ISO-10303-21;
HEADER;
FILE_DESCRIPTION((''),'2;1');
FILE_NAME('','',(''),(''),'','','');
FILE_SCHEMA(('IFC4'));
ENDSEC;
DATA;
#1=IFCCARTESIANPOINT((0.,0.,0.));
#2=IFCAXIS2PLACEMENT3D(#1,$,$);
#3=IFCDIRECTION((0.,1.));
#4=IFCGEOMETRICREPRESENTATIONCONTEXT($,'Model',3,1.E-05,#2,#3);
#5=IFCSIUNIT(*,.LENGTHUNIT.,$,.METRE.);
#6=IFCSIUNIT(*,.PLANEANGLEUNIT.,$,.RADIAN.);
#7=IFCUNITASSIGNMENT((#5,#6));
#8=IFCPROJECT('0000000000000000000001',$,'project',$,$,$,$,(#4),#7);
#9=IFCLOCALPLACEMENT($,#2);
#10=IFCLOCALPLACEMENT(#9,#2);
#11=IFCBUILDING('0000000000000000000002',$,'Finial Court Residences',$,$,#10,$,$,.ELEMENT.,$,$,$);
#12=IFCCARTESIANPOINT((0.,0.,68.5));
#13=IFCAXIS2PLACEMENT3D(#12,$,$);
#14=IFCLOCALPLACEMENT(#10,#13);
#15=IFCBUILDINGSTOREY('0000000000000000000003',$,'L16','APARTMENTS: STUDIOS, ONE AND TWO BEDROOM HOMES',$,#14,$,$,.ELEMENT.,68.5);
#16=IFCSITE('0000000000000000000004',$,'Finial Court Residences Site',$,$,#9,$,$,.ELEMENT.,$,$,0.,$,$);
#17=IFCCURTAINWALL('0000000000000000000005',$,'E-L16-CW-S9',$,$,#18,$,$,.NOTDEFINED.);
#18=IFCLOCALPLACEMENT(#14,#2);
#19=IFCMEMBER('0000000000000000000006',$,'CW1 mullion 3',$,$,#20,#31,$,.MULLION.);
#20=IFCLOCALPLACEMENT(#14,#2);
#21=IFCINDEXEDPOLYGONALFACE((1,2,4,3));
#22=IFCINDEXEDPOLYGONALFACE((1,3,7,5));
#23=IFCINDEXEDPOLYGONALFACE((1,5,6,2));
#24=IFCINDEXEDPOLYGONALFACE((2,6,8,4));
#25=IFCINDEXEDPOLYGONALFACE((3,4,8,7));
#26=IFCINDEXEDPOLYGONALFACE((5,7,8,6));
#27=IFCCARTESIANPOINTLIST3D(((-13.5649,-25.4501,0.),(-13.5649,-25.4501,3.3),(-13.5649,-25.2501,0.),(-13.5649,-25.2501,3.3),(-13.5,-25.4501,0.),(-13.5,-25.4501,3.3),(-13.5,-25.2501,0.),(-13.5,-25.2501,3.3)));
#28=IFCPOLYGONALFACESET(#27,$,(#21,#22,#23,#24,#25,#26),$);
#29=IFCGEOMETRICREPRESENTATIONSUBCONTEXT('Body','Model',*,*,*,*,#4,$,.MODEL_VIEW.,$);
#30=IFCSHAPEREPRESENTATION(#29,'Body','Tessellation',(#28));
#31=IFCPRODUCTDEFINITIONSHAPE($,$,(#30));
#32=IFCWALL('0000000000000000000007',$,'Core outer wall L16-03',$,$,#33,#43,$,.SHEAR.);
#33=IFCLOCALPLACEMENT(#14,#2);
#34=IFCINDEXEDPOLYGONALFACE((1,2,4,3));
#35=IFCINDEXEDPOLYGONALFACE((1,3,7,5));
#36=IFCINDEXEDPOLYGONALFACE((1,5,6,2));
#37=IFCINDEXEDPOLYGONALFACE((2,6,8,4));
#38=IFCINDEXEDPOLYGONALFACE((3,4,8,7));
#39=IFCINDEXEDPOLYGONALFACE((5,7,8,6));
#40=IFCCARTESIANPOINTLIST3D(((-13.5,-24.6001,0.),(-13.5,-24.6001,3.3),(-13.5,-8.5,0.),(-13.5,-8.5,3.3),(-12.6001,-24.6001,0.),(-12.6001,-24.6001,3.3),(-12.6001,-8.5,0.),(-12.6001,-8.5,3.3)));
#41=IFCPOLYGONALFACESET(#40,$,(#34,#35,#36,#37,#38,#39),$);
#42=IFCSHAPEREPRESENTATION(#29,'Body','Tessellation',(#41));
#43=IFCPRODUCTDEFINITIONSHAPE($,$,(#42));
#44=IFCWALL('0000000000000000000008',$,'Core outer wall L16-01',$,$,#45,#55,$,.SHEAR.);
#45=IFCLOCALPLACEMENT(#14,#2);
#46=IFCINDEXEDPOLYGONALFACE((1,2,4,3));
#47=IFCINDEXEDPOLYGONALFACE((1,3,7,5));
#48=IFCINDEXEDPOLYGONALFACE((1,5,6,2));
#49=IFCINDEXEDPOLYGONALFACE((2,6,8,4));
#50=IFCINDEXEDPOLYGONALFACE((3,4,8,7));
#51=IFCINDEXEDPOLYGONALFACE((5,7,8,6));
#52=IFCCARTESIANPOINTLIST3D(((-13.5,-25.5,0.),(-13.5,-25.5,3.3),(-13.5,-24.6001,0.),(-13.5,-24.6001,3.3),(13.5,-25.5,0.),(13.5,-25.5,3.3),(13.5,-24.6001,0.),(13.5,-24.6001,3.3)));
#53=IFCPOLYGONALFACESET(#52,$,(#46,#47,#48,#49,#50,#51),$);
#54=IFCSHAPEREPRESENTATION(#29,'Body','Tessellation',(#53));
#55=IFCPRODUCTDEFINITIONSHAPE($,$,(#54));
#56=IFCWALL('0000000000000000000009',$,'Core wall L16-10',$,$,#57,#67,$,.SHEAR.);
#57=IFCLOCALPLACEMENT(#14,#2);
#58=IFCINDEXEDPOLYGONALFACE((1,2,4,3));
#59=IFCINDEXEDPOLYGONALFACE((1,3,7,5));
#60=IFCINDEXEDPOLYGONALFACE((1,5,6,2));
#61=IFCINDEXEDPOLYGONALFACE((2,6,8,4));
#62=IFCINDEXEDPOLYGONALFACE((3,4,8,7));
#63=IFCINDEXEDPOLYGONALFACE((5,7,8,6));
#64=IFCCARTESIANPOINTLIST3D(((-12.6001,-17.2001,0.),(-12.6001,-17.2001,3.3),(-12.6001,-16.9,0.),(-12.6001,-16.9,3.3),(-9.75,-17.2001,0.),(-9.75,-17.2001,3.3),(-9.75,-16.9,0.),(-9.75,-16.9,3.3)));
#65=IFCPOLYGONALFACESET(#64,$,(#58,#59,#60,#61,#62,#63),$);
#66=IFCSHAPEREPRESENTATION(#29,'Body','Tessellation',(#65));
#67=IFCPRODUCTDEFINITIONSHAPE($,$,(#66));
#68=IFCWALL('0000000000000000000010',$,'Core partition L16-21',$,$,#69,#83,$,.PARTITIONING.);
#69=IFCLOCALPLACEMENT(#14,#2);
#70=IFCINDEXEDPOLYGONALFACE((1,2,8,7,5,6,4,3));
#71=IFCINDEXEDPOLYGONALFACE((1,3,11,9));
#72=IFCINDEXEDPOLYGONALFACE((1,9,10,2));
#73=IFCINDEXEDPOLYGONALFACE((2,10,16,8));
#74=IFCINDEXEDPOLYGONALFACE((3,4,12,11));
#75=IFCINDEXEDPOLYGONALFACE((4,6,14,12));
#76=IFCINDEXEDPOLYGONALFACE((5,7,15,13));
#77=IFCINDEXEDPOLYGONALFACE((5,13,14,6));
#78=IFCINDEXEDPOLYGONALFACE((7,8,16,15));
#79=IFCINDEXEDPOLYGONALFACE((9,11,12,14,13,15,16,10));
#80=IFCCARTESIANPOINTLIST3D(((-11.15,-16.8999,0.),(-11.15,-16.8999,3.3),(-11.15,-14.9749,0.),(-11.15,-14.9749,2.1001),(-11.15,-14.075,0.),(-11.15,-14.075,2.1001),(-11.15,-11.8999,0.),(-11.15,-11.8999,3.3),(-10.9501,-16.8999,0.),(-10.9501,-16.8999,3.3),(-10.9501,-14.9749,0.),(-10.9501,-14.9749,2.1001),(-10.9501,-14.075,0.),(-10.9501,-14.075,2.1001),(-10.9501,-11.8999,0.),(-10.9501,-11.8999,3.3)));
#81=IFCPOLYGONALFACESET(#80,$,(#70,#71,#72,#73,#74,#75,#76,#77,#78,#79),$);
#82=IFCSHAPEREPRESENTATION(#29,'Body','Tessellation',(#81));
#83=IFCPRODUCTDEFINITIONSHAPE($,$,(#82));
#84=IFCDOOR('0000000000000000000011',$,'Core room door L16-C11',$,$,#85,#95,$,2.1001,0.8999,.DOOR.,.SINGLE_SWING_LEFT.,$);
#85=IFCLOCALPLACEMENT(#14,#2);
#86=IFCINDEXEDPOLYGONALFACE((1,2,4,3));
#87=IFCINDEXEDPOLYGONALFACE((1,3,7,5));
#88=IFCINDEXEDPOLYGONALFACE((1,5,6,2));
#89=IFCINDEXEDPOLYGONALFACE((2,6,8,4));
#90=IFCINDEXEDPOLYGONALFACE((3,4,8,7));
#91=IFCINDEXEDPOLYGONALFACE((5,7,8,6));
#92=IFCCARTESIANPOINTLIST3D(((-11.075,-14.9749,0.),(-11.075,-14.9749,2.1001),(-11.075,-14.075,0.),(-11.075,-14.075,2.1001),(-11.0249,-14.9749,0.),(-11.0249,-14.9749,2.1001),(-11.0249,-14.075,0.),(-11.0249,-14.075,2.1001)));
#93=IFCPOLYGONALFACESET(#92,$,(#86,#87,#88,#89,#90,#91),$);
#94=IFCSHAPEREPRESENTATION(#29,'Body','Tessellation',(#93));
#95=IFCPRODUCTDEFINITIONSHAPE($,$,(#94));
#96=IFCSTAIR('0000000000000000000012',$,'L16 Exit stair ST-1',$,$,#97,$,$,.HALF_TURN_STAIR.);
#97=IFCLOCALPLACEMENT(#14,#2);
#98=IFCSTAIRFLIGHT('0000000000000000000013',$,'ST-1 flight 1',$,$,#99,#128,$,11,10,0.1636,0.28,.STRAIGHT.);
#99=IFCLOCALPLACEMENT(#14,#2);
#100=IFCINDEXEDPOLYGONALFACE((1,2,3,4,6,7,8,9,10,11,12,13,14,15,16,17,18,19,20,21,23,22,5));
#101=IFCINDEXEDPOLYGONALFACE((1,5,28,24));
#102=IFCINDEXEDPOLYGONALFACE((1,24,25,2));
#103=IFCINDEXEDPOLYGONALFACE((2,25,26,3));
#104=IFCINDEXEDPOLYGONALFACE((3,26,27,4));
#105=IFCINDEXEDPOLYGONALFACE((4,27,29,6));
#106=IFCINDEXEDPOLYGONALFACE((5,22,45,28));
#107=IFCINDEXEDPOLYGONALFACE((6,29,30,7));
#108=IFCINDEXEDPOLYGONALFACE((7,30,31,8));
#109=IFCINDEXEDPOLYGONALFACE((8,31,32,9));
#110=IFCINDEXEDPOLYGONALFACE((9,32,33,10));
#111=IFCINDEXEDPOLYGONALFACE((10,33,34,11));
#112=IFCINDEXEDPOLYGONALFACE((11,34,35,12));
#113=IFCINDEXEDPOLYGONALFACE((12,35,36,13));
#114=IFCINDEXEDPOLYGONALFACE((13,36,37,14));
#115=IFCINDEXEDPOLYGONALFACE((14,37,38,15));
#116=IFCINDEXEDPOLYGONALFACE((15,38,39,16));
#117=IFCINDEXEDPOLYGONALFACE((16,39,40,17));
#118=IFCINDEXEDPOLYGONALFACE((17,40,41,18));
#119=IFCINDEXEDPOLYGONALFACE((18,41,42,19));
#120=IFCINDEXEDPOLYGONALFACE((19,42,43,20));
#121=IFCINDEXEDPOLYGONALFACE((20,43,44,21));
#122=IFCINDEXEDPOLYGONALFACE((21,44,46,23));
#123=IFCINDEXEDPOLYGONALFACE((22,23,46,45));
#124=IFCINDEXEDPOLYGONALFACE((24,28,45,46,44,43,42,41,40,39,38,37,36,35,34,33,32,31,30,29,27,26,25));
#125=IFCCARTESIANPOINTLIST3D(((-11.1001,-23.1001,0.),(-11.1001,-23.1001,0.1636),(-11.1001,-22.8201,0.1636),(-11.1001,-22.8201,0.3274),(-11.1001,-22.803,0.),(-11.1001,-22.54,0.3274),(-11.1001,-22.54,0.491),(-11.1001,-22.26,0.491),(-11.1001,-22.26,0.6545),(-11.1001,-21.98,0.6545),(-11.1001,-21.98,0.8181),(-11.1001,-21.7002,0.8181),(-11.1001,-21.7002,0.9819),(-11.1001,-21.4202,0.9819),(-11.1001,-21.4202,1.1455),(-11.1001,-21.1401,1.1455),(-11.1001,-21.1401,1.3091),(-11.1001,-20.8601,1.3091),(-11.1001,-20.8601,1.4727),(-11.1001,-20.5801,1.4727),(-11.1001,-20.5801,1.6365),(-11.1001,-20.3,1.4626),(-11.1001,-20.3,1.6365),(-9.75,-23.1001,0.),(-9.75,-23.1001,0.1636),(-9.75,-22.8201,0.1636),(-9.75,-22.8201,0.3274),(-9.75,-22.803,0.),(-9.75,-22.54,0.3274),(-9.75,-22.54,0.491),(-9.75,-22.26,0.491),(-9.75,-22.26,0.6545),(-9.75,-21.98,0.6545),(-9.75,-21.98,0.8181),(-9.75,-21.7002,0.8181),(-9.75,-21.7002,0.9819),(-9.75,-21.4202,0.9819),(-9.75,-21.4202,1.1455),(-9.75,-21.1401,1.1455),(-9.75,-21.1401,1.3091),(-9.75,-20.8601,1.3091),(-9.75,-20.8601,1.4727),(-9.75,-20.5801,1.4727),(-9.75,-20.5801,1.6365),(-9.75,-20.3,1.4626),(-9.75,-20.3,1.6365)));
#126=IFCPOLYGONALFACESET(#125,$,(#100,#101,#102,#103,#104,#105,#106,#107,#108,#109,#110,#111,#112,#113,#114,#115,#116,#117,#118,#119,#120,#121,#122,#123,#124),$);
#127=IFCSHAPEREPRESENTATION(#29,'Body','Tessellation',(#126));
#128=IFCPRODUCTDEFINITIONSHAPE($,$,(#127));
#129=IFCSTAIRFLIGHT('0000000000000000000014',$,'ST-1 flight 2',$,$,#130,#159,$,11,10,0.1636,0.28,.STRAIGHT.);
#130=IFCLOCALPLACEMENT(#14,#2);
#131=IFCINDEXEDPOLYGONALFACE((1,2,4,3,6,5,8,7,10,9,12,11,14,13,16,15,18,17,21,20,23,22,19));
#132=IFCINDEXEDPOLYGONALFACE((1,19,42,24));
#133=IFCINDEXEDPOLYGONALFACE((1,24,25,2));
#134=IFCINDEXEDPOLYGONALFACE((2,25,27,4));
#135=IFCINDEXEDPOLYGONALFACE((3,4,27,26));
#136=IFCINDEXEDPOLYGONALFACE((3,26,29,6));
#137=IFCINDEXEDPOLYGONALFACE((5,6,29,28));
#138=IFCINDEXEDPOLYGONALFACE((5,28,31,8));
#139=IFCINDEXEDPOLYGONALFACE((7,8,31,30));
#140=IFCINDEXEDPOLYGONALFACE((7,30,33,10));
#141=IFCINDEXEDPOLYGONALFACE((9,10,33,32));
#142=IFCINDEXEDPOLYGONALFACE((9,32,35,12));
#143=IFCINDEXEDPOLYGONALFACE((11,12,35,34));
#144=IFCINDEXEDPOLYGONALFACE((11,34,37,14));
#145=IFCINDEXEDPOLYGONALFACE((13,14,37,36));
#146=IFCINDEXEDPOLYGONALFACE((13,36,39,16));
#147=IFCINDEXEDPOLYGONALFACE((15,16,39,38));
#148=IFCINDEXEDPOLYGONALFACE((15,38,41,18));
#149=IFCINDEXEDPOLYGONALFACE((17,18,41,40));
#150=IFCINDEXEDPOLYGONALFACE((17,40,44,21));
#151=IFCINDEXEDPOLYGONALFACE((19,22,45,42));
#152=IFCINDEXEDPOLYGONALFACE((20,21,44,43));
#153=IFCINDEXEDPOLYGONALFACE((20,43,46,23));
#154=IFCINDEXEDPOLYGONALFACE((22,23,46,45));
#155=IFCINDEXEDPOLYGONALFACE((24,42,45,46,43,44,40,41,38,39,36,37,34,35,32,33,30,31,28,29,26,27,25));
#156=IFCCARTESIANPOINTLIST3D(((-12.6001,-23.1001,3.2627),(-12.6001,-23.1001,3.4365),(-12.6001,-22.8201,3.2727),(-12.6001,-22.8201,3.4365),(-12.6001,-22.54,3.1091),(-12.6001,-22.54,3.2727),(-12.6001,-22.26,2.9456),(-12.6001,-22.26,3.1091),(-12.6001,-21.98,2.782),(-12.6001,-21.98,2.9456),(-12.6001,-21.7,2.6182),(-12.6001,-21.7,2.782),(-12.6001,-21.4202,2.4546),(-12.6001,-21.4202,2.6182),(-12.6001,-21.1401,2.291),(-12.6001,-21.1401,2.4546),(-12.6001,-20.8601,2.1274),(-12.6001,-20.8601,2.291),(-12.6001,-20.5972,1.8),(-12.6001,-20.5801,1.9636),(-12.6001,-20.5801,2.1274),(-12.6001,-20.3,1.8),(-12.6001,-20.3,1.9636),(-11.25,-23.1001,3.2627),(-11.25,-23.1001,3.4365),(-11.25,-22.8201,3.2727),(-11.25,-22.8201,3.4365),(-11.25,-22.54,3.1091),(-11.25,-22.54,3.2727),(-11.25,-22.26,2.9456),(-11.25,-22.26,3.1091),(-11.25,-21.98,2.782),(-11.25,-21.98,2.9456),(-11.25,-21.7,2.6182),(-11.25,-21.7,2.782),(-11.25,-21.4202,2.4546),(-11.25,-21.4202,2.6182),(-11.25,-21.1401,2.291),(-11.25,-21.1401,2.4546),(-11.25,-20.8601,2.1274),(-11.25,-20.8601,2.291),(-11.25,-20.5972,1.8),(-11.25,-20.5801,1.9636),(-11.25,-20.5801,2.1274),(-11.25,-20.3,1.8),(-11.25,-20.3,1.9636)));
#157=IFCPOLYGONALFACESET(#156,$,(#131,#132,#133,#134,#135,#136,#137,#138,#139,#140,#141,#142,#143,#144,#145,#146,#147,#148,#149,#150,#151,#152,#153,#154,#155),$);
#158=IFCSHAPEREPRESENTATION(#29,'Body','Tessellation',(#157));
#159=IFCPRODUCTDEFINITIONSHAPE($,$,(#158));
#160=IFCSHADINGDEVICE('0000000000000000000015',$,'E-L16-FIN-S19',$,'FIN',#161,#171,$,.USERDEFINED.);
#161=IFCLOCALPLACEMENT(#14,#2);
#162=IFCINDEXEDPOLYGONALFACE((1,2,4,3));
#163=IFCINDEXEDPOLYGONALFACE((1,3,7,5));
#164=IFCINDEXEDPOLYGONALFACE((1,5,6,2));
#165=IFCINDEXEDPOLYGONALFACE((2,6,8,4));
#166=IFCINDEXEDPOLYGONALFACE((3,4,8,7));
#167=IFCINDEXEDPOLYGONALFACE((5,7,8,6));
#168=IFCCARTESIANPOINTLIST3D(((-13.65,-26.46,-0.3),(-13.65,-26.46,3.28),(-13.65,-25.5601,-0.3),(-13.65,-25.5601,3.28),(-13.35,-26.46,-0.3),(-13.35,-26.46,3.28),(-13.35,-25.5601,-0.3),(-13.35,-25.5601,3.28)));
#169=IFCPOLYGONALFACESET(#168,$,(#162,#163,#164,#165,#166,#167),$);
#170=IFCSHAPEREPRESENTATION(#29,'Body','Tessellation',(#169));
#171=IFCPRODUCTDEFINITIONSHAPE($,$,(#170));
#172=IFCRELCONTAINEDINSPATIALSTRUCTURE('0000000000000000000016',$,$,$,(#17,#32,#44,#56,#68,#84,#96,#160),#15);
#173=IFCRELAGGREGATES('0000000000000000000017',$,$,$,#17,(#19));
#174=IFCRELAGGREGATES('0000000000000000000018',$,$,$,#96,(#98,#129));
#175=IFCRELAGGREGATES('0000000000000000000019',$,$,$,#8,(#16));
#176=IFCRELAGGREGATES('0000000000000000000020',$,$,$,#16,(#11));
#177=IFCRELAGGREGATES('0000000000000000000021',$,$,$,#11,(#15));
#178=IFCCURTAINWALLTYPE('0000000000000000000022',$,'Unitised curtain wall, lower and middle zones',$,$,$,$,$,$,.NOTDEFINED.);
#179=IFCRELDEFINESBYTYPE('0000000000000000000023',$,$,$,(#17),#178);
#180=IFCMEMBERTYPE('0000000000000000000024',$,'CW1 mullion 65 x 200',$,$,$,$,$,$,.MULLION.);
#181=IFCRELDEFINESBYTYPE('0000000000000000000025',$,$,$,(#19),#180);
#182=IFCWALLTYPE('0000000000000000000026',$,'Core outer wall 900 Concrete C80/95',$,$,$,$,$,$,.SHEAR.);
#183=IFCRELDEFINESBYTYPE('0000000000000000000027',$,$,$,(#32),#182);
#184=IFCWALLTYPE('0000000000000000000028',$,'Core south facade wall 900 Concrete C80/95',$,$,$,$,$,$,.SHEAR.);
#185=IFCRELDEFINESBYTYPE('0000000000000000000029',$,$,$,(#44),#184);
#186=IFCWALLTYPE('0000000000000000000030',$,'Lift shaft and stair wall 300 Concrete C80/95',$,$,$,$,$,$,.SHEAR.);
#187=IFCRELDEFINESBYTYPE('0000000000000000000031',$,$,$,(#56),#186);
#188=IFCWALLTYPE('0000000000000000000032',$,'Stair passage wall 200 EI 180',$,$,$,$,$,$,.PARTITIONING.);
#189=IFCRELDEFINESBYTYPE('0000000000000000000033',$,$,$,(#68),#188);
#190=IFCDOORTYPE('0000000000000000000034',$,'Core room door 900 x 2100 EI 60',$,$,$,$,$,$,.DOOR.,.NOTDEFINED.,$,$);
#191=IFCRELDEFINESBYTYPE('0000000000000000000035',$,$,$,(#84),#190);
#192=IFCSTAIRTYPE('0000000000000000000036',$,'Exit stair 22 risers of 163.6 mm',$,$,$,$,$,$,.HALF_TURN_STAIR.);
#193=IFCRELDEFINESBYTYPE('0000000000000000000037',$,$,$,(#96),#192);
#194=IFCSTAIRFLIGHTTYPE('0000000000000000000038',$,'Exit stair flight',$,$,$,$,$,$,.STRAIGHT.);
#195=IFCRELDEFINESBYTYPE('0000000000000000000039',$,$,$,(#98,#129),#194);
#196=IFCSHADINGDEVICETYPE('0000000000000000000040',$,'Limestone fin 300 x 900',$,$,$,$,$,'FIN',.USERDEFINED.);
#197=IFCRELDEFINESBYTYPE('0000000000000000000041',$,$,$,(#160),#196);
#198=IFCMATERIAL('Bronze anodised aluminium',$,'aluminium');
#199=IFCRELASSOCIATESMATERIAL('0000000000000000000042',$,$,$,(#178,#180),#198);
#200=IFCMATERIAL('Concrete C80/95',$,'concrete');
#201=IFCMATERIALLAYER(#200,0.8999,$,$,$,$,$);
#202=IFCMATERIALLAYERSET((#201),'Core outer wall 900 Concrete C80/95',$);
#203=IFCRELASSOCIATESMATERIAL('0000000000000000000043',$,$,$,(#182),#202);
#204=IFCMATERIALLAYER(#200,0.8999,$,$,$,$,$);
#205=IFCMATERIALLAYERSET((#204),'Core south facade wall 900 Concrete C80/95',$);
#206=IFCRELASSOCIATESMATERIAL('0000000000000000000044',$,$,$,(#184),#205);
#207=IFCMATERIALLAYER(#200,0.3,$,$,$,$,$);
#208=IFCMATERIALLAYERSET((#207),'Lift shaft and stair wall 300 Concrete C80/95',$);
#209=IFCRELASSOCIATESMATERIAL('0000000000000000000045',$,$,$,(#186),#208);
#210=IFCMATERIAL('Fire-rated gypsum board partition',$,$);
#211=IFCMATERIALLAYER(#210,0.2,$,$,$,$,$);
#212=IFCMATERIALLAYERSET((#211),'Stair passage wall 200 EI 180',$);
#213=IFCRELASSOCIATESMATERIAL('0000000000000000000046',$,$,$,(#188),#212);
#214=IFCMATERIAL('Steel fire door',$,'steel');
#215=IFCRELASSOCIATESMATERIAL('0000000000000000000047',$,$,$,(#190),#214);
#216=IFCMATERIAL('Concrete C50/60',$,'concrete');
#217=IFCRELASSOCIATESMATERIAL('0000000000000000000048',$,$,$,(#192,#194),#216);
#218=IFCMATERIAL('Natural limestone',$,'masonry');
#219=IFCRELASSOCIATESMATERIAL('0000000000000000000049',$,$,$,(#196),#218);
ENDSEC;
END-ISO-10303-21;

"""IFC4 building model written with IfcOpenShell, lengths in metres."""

from ifc_helpers import new_model, si_unit, direction, frame, frame_2d, origin, origin_2d, place, context, subcontext, project, spatial, polyline, rectangle, outline, extrude, material, layer, layer_set, material_profile, profile_set, type_object, element, fill, aggregate, save


model = new_model("IFC4")

# Units and contexts
model_context = context("Model", 3, precision=1e-05, world=origin(), true_north=direction((0.0, 1.0)))
body_context = subcontext(model_context, "Body", "Model", "MODEL_VIEW")
ifc_project = project(units=[si_unit("LENGTHUNIT", "METRE"), si_unit("PLANEANGLEUNIT", "RADIAN")], contexts=[model_context])

# Site, building, storey
site_placement = place(None, origin())
site = spatial("IfcSite", under=ifc_project, at=site_placement, Name="Finial Court Residences Site", CompositionType="ELEMENT", RefElevation=0.0)
building_placement = place(site_placement, origin())
building = spatial("IfcBuilding", under=site, at=building_placement, Name="Finial Court Residences", CompositionType="ELEMENT")
storey_placement = place(building_placement, frame((0.0, 0.0, 68.5)))
storey = spatial("IfcBuildingStorey", under=building, at=storey_placement, Name="L16", Description="APARTMENTS: STUDIOS, ONE AND TWO BEDROOM HOMES", CompositionType="ELEMENT", Elevation=68.5)

# Curtain wall, member
ifc_material_1 = material(Name="Bronze anodised aluminium", Category="aluminium")
curtain_wall_type = type_object("IfcCurtainWallType", Name="Unitised curtain wall, lower and middle zones", PredefinedType="NOTDEFINED", material=ifc_material_1)
curtain_wall_placement = place(storey_placement, origin())
curtain_wall = element("IfcCurtainWall", 1, at=curtain_wall_placement, inside=storey, type_object=curtain_wall_type, Name="E-L16-CW-S9", PredefinedType="NOTDEFINED")
ifc_material_profile = material_profile(ifc_material_1, rectangle(XDim=0.2, YDim=0.0649, at=origin_2d()), Name="CW1 mullion 65 x 200")
ifc_profile_set = profile_set([ifc_material_profile], Name="Bronze anodised aluminium")
member_type = type_object("IfcMemberType", Name="CW1 mullion 65 x 200", PredefinedType="MULLION", material=ifc_profile_set)
member_placement = place(storey_placement, frame((-13.5325, -25.3501, 0.0), z_axis=(0.0, 0.0, 1.0), x_axis=(0.0, 1.0, 0.0)))
member = element("IfcMember", 2, at=member_placement, type_object=member_type, Name="CW1 mullion 3", PredefinedType="MULLION", context=body_context, shape_type="SweptSolid", body=[
    extrude(rectangle(XDim=0.2, YDim=0.0649, at=origin_2d()), origin(), (0.0, 0.0, 1.0), 3.3),
])
aggregate(curtain_wall, [member])

# Walls
ifc_material_2 = material(Name="Concrete C80/95", Category="concrete")
ifc_layer_1 = layer(ifc_material_2, 0.8999)
ifc_layer_set_1 = layer_set([ifc_layer_1], Name="Core outer wall 900 Concrete C80/95")
wall_type_1 = type_object("IfcWallType", Name="Core outer wall 900 Concrete C80/95", PredefinedType="SHEAR", material=ifc_layer_set_1)
wall_1_placement = place(storey_placement, frame((-13.05, -24.6001, 0.0), z_axis=(0.0, 0.0, 1.0), x_axis=(0.0, 1.0, 0.0)))
element("IfcWall", 3, at=wall_1_placement, inside=storey, type_object=wall_type_1, Name="Core outer wall L16-03", PredefinedType="SHEAR", context=body_context, shape_type="SweptSolid", body=[
    extrude(rectangle(XDim=16.1001, YDim=0.8999, at=frame_2d((8.05, 0.0))), origin(), (0.0, 0.0, 1.0), 3.3),
])
ifc_layer_2 = layer(ifc_material_2, 0.8999)
ifc_layer_set_2 = layer_set([ifc_layer_2], Name="Core south facade wall 900 Concrete C80/95")
wall_type_2 = type_object("IfcWallType", Name="Core south facade wall 900 Concrete C80/95", PredefinedType="SHEAR", material=ifc_layer_set_2)
wall_2_placement = place(storey_placement, frame((-13.5, -25.05, 0.0), z_axis=(0.0, 0.0, 1.0), x_axis=(1.0, 0.0, 0.0)))
element("IfcWall", 4, at=wall_2_placement, inside=storey, type_object=wall_type_2, Name="Core outer wall L16-01", PredefinedType="SHEAR", context=body_context, shape_type="SweptSolid", body=[
    extrude(rectangle(XDim=27.0, YDim=0.8999, at=frame_2d((13.5, 0.0))), origin(), (0.0, 0.0, 1.0), 3.3),
])
ifc_layer_3 = layer(ifc_material_2, 0.3)
ifc_layer_set_3 = layer_set([ifc_layer_3], Name="Lift shaft and stair wall 300 Concrete C80/95")
wall_type_3 = type_object("IfcWallType", Name="Lift shaft and stair wall 300 Concrete C80/95", PredefinedType="SHEAR", material=ifc_layer_set_3)
wall_3_placement = place(storey_placement, frame((-12.6001, -17.05, 0.0), z_axis=(0.0, 0.0, 1.0), x_axis=(1.0, 0.0, 0.0)))
element("IfcWall", 5, at=wall_3_placement, inside=storey, type_object=wall_type_3, Name="Core wall L16-10", PredefinedType="SHEAR", context=body_context, shape_type="SweptSolid", body=[
    extrude(rectangle(XDim=2.8501, YDim=0.3, at=frame_2d((1.425, 0.0))), origin(), (0.0, 0.0, 1.0), 3.3),
])

# Wall, opening, door
ifc_material_3 = material(Name="Fire-rated gypsum board partition")
ifc_layer_4 = layer(ifc_material_3, 0.2)
ifc_layer_set_4 = layer_set([ifc_layer_4], Name="Stair passage wall 200 EI 180")
wall_type_4 = type_object("IfcWallType", Name="Stair passage wall 200 EI 180", PredefinedType="PARTITIONING", material=ifc_layer_set_4)
wall_4_placement = place(storey_placement, frame((-11.05, -16.8999, 0.0), z_axis=(0.0, 0.0, 1.0), x_axis=(0.0, 1.0, 0.0)))
wall_4 = element("IfcWall", 6, at=wall_4_placement, inside=storey, type_object=wall_type_4, Name="Core partition L16-21", PredefinedType="PARTITIONING", context=body_context, shape_type="SweptSolid", body=[
    extrude(rectangle(XDim=5.0, YDim=0.2, at=frame_2d((2.5, 0.0))), origin(), (0.0, 0.0, 1.0), 3.3),
])
opening_placement = place(wall_4_placement, frame((1.925, 0.0, 0.0)))
opening = element("IfcOpeningElement", 7, at=opening_placement, cuts=wall_4, PredefinedType="OPENING", context=body_context, shape_type="SweptSolid", body=[
    extrude(rectangle(XDim=0.8999, YDim=2.1001, at=frame_2d((0.45, 1.05))), frame((0.0, 0.1099, 0.0), z_axis=(0.0, -1.0, 0.0), x_axis=(1.0, 0.0, 0.0)), (0.0, 0.0, 1.0), 0.22),
])
ifc_material_4 = material(Name="Steel fire door", Category="steel")
door_type = type_object("IfcDoorType", Name="Core room door 900 x 2100 EI 60", OperationType="NOTDEFINED", PredefinedType="DOOR", material=ifc_material_4)
door_placement = place(opening_placement, origin())
door = element("IfcDoor", 8, at=door_placement, inside=storey, type_object=door_type, Name="Core room door L16-C11", OperationType="SINGLE_SWING_LEFT", OverallHeight=2.1001, OverallWidth=0.8999, PredefinedType="DOOR", context=body_context, shape_type="SweptSolid", body=[
    extrude(rectangle(XDim=0.8999, YDim=2.1001, at=frame_2d((0.45, 1.05))), frame((0.0, 0.0249, 0.0), z_axis=(0.0, -1.0, 0.0), x_axis=(1.0, 0.0, 0.0)), (0.0, 0.0, 1.0), 0.05),
])
fill(opening, door)

# Stair, stair flights
ifc_material_5 = material(Name="Concrete C50/60", Category="concrete")
stair_type = type_object("IfcStairType", Name="Exit stair 22 risers of 163.6 mm", PredefinedType="HALF_TURN_STAIR", material=ifc_material_5)
stair_placement = place(storey_placement, origin())
stair = element("IfcStair", 9, at=stair_placement, inside=storey, type_object=stair_type, Name="L16 Exit stair ST-1", PredefinedType="HALF_TURN_STAIR")
stair_flight_type = type_object("IfcStairFlightType", Name="Exit stair flight", PredefinedType="STRAIGHT", material=ifc_material_5)
stair_flight_1_placement = place(storey_placement, frame((-10.425, -23.1001, 0.0), z_axis=(0.0, 0.0, 1.0), x_axis=(0.0, 1.0, 0.0)))
stair_flight_1 = element("IfcStairFlight", 10, at=stair_flight_1_placement, type_object=stair_flight_type, Name="ST-1 flight 1", NumberOfRisers=11, NumberOfTreads=10, PredefinedType="STRAIGHT", RiserHeight=0.1636, TreadLength=0.28, context=body_context, shape_type="SweptSolid", body=[
    extrude(outline(polyline([(0.0, 0.0), (0.0, 0.1636), (0.28, 0.1636), (0.28, 0.3274), (0.5601, 0.3274), (0.5601, 0.491), (0.8401, 0.491), (0.8401, 0.6545), (1.1201, 0.6545), (1.1201, 0.8181), (1.3999, 0.8181), (1.3999, 0.9819), (1.6799, 0.9819), (1.6799, 1.1455), (1.96, 1.1455), (1.96, 1.3091), (2.24, 1.3091), (2.24, 1.4727), (2.52, 1.4727), (2.52, 1.6365), (2.8, 1.6365), (2.8, 1.8), (2.8, 1.4626), (0.2971, 0.0), (0.0, 0.0)])), frame((0.0, 0.675, 0.0), z_axis=(0.0, -1.0, 0.0), x_axis=(1.0, 0.0, 0.0)), (0.0, 0.0, 1.0), 1.3501),
])
stair_flight_2_placement = place(storey_placement, frame((-11.925, -20.3, 1.8), z_axis=(0.0, 0.0, 1.0), x_axis=(0.0, -1.0, 0.0)))
stair_flight_2 = element("IfcStairFlight", 11, at=stair_flight_2_placement, type_object=stair_flight_type, Name="ST-1 flight 2", NumberOfRisers=11, NumberOfTreads=10, PredefinedType="STRAIGHT", RiserHeight=0.1636, TreadLength=0.28, context=body_context, shape_type="SweptSolid", body=[
    extrude(outline(polyline([(0.0, 0.0), (0.0, 0.1636), (0.28, 0.1636), (0.28, 0.3274), (0.5601, 0.3274), (0.5601, 0.491), (0.8401, 0.491), (0.8401, 0.6545), (1.1201, 0.6545), (1.1201, 0.8181), (1.3999, 0.8181), (1.3999, 0.9819), (1.6799, 0.9819), (1.6799, 1.1455), (1.96, 1.1455), (1.96, 1.3091), (2.24, 1.3091), (2.24, 1.4727), (2.52, 1.4727), (2.52, 1.6365), (2.8, 1.6365), (2.8, 1.8), (2.8, 1.4626), (0.2971, 0.0), (0.0, 0.0)])), frame((0.0, 0.675, 0.0), z_axis=(0.0, -1.0, 0.0), x_axis=(1.0, 0.0, 0.0)), (0.0, 0.0, 1.0), 1.3501),
])
aggregate(stair, [stair_flight_1, stair_flight_2])

# Shading device
ifc_material_6 = material(Name="Natural limestone", Category="masonry")
shading_device_type = type_object("IfcShadingDeviceType", Name="Limestone fin 300 x 900", ElementType="FIN", PredefinedType="USERDEFINED", material=ifc_material_6)
for number, where, z_axis, x_axis, name in (
    (12, (-13.5, -26.01, -0.3), (0.0, 0.0, 1.0), (1.0, 0.0, 0.0), "E-L16-FIN-S19"),
):
    element("IfcShadingDevice", number, at=place(storey_placement, frame(where, z_axis=z_axis, x_axis=x_axis)), inside=storey, type_object=shading_device_type, Name=name, ObjectType="FIN", PredefinedType="USERDEFINED", context=body_context, shape_type="SweptSolid", body=[
        extrude(rectangle(XDim=0.3, YDim=0.8999, at=origin_2d()), origin(), (0.0, 0.0, 1.0), 3.5801),
    ])

save(model, "model.ifc")
